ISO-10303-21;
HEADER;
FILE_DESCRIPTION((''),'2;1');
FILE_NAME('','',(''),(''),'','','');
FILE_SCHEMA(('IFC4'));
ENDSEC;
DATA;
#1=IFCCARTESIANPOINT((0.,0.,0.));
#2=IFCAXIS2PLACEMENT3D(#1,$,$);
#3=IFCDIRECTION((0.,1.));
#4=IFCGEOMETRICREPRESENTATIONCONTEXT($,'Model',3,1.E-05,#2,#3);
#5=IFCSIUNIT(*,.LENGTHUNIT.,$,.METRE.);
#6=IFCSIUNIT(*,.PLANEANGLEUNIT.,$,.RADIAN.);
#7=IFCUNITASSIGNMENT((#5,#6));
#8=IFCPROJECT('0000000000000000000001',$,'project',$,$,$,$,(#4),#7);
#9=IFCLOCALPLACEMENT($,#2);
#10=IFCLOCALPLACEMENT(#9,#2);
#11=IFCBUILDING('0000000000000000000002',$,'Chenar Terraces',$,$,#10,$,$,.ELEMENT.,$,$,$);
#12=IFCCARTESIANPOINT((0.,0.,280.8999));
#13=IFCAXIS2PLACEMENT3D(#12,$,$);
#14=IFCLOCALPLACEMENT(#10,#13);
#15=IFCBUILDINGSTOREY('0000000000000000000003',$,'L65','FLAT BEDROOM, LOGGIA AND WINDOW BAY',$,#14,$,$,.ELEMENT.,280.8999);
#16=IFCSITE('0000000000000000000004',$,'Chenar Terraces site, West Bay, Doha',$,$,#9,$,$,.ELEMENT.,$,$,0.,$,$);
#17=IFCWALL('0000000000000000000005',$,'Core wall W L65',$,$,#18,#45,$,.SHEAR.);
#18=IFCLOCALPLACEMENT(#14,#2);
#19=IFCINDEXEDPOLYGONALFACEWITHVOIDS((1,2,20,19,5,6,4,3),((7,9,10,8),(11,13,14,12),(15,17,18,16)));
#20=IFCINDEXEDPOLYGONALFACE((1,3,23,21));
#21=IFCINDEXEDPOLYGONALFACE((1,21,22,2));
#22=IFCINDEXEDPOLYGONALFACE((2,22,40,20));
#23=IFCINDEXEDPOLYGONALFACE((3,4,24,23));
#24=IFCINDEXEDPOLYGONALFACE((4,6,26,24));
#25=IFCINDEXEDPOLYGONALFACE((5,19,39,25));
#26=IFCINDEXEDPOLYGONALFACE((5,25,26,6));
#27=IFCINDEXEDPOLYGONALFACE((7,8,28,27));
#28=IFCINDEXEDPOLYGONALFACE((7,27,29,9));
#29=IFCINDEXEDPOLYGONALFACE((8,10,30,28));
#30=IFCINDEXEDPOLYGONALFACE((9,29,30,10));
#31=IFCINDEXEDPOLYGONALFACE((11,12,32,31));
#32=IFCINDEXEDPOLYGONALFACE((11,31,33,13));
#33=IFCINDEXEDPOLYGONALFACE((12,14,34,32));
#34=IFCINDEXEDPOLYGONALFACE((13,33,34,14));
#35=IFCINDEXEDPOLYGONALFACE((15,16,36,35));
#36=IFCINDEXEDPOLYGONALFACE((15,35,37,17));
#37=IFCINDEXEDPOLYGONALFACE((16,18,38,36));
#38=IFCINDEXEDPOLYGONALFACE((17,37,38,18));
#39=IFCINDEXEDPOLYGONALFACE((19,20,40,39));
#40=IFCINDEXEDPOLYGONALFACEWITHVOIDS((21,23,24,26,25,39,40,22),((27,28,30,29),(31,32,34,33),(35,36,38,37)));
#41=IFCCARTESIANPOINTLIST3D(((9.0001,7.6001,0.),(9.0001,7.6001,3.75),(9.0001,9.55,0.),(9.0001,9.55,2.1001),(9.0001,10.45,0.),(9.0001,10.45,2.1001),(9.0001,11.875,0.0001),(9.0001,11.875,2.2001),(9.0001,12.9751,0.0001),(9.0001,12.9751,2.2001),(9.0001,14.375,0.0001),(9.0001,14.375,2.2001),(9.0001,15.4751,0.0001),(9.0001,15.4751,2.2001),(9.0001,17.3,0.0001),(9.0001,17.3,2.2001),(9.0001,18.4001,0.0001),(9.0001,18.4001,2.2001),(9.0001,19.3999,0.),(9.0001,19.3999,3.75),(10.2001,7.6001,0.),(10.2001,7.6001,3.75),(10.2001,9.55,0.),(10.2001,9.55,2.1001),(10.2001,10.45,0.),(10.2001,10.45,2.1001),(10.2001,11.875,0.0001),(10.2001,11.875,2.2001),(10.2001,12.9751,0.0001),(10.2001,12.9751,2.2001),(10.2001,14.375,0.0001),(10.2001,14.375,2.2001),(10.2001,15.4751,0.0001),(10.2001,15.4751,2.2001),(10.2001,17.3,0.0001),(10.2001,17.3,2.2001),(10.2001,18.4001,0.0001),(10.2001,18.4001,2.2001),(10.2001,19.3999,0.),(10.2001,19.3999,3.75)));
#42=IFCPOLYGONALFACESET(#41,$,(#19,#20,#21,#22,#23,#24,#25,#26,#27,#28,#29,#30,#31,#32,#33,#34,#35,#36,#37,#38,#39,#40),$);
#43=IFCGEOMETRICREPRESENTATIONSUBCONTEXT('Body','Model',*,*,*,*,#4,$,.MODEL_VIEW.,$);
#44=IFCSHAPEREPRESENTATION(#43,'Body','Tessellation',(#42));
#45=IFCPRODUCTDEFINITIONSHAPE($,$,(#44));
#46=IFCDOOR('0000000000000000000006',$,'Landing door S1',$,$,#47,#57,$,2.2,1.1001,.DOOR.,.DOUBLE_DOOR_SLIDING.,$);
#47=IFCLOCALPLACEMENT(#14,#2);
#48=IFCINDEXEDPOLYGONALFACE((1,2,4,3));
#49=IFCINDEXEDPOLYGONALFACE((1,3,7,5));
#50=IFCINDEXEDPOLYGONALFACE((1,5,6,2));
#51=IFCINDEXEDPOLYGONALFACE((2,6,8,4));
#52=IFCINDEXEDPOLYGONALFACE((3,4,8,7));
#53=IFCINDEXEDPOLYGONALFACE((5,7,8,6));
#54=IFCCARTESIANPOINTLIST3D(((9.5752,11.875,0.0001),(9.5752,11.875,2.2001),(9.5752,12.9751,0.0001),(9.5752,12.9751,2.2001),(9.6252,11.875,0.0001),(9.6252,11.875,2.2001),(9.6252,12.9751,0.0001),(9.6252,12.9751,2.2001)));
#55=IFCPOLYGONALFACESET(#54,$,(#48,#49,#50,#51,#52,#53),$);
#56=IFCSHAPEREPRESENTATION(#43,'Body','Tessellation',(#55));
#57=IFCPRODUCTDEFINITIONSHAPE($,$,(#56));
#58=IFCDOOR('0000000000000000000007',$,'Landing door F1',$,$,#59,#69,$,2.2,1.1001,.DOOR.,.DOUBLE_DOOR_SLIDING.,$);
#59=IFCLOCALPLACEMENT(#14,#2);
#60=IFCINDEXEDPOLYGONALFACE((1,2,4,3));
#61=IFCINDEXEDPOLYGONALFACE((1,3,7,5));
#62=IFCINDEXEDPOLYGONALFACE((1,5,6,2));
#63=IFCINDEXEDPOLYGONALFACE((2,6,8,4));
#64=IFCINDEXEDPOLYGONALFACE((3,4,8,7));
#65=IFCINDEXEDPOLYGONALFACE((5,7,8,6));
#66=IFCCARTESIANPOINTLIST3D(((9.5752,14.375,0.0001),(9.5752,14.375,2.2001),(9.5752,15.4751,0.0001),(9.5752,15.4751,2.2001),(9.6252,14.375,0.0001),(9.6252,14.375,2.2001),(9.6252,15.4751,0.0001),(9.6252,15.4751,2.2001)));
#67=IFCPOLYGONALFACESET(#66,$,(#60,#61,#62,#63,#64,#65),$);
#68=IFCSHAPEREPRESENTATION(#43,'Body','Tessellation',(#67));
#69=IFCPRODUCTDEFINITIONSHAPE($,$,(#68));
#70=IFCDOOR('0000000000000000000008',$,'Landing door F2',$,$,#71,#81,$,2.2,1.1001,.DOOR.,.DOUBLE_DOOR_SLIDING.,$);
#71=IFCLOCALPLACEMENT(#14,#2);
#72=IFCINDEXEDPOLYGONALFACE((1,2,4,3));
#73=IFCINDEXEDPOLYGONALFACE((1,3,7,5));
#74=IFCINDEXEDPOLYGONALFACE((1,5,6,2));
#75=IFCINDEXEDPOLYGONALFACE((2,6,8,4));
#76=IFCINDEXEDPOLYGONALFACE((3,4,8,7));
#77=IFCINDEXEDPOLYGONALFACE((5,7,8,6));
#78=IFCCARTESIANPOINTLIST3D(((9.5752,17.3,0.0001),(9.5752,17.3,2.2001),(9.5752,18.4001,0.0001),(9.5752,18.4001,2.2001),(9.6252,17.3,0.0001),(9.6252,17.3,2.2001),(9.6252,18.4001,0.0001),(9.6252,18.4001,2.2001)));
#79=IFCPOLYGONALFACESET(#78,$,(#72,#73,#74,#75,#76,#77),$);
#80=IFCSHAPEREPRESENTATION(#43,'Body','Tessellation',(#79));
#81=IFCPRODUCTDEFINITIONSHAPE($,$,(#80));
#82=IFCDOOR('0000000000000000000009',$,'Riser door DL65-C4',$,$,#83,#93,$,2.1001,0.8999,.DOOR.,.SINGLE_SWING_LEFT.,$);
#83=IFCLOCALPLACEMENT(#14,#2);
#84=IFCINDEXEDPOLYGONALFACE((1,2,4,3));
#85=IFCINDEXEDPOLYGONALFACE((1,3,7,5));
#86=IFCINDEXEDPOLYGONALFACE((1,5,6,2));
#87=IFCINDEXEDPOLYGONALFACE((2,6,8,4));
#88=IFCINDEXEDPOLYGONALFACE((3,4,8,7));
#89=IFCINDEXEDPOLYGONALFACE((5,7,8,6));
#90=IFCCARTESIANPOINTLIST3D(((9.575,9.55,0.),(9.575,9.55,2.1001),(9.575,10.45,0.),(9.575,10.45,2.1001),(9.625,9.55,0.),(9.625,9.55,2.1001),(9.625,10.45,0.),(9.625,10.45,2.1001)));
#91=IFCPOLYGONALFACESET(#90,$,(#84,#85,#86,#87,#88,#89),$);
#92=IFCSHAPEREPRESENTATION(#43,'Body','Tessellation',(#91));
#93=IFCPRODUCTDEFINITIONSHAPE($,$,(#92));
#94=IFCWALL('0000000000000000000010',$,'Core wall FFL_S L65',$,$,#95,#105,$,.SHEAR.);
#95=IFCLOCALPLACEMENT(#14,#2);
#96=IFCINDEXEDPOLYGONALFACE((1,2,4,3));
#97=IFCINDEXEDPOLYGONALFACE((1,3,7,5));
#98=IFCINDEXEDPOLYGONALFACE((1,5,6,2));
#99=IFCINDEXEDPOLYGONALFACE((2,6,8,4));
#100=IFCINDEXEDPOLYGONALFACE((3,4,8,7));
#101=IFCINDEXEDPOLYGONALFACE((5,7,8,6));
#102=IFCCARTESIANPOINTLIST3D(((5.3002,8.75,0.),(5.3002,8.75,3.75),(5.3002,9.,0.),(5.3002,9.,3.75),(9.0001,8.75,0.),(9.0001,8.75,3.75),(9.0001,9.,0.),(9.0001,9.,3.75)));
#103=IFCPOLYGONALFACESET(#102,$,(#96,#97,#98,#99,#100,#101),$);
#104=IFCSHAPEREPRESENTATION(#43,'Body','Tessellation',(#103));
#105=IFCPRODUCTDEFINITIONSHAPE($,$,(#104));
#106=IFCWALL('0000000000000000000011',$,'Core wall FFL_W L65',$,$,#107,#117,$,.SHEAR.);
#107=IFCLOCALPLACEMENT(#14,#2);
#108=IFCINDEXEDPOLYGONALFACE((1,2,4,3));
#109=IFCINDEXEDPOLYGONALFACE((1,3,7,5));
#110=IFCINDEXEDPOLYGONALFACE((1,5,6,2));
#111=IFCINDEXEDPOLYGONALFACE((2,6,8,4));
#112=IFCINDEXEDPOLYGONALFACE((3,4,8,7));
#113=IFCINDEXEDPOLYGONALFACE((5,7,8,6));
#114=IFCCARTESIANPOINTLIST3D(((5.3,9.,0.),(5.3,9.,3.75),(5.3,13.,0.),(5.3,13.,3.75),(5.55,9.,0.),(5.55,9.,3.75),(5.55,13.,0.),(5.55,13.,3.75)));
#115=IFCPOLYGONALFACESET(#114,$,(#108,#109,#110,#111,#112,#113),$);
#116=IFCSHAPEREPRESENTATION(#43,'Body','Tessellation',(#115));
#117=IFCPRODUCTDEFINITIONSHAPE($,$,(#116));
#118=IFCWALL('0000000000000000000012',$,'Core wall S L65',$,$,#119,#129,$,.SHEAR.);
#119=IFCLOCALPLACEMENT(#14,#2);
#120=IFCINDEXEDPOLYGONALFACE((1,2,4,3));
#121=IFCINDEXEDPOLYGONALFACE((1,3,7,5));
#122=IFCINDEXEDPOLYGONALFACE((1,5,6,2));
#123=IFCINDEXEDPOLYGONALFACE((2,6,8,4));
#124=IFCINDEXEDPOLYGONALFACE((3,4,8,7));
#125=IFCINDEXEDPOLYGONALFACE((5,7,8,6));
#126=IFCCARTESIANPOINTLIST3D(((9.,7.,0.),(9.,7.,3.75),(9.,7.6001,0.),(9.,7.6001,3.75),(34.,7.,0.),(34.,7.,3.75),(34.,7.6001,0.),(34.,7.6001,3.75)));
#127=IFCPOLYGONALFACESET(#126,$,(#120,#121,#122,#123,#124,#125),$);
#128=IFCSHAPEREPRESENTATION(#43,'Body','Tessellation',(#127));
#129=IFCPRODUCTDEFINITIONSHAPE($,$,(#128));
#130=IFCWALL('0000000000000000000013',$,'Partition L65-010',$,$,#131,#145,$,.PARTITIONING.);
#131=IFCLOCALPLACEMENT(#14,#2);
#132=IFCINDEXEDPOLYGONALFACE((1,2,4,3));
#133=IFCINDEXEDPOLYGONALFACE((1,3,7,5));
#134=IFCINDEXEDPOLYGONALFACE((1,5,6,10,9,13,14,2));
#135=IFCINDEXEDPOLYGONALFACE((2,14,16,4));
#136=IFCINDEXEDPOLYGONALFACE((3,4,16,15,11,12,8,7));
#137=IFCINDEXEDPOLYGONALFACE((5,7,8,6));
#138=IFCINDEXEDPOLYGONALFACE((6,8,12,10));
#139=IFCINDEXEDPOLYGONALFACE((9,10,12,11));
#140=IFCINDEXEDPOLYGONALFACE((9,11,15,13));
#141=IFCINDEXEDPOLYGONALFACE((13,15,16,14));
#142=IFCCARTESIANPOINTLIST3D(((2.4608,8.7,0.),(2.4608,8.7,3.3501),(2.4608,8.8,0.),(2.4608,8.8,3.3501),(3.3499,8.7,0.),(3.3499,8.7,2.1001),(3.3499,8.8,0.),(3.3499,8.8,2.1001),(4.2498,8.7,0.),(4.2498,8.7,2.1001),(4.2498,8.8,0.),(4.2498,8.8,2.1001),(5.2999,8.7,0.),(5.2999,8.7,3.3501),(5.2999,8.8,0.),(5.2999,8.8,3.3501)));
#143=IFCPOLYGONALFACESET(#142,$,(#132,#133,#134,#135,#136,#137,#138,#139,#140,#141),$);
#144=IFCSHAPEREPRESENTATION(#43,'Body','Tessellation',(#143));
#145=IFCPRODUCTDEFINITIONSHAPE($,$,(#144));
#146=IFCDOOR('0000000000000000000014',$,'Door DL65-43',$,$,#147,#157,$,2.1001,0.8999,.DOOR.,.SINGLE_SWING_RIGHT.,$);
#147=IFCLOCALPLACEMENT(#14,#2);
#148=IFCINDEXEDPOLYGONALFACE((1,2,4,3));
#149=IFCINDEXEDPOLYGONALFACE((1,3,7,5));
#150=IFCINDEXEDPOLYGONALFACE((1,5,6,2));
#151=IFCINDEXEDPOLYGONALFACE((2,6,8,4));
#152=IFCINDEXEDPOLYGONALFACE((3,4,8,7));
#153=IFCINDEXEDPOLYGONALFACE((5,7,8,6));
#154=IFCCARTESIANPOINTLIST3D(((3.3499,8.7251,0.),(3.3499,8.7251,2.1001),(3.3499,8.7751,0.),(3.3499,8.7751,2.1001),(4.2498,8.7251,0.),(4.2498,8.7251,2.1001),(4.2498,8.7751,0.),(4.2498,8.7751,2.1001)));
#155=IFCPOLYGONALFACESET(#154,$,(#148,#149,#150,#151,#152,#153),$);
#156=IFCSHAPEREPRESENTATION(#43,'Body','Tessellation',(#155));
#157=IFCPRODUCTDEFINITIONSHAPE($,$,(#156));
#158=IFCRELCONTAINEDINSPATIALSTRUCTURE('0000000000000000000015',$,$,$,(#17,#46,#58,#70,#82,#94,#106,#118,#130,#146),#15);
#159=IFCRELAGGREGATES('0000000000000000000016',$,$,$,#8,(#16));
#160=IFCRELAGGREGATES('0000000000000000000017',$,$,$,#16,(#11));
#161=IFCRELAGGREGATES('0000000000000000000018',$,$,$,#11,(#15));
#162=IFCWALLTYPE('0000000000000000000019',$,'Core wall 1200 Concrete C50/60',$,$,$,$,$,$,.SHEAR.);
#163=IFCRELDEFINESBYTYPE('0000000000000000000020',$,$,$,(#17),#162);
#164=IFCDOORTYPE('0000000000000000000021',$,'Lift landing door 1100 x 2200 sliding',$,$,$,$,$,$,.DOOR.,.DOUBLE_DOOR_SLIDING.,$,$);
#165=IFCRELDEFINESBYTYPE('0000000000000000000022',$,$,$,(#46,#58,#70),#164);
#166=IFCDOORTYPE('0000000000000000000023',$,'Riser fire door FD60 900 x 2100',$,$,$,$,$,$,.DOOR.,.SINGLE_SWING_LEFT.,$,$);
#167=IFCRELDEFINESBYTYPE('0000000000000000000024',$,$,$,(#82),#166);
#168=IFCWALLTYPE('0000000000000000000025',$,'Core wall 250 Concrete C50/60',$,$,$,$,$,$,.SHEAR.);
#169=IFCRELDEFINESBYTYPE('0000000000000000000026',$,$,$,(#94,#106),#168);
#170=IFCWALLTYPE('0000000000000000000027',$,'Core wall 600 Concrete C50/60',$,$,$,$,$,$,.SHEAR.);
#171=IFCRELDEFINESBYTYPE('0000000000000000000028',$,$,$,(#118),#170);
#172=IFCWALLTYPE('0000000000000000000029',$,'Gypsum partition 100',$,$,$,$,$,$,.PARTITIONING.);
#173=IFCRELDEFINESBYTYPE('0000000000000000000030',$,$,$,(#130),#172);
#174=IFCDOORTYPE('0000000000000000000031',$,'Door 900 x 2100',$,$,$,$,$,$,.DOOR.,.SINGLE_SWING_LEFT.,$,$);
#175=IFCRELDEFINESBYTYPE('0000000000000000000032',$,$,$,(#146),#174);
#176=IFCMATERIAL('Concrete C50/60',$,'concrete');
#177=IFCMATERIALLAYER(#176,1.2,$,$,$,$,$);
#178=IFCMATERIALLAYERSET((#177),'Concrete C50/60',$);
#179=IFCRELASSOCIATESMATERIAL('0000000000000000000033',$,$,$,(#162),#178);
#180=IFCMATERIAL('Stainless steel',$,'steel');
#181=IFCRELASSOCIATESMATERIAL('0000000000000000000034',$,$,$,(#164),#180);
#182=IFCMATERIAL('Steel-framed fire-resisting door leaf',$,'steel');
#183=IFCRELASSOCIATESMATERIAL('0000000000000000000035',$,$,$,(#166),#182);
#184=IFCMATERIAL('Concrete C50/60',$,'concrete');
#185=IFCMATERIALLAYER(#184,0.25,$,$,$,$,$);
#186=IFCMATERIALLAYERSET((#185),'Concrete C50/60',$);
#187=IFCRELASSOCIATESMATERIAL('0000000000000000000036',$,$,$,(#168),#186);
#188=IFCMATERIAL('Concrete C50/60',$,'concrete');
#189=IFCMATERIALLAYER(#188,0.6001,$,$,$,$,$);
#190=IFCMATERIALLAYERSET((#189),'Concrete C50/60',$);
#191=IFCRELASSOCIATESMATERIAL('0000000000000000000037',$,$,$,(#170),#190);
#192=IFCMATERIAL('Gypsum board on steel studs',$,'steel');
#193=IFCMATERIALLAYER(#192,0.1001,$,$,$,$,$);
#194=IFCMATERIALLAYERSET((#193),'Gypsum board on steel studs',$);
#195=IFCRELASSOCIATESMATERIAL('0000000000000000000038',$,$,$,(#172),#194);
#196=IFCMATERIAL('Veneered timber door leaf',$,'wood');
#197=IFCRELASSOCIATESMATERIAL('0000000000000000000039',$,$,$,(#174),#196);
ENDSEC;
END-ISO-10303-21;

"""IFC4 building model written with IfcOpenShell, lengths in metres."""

from ifc_helpers import new_model, si_unit, direction, frame, frame_2d, origin, place, context, subcontext, project, spatial, rectangle, extrude, material, layer, layer_set, type_object, element, fill, save


model = new_model("IFC4")

# Units and contexts
model_context = context("Model", 3, precision=1e-05, world=origin(), true_north=direction((0.0, 1.0)))
body_context = subcontext(model_context, "Body", "Model", "MODEL_VIEW")
ifc_project = project(units=[si_unit("LENGTHUNIT", "METRE"), si_unit("PLANEANGLEUNIT", "RADIAN")], contexts=[model_context])

# Site, building, storey
site_placement = place(None, origin())
site = spatial("IfcSite", under=ifc_project, at=site_placement, Name="Chenar Terraces site, West Bay, Doha", CompositionType="ELEMENT", RefElevation=0.0)
building_placement = place(site_placement, origin())
building = spatial("IfcBuilding", under=site, at=building_placement, Name="Chenar Terraces", CompositionType="ELEMENT")
storey_placement = place(building_placement, frame((0.0, 0.0, 280.8999)))
storey = spatial("IfcBuildingStorey", under=building, at=storey_placement, Name="L65", Description="FLAT BEDROOM, LOGGIA AND WINDOW BAY", CompositionType="ELEMENT", Elevation=280.8999)

# Wall, openings, doors
ifc_material_1 = material(Name="Concrete C50/60", Category="concrete")
ifc_layer_1 = layer(ifc_material_1, 1.2)
ifc_layer_set_1 = layer_set([ifc_layer_1], Name="Concrete C50/60")
wall_type_1 = type_object("IfcWallType", Name="Core wall 1200 Concrete C50/60", PredefinedType="SHEAR", material=ifc_layer_set_1)
wall_1_placement = place(storey_placement, frame((9.6001, 7.6001, 0.0), z_axis=(0.0, 0.0, 1.0), x_axis=(0.0, 1.0, 0.0)))
wall_1 = element("IfcWall", 1, at=wall_1_placement, inside=storey, type_object=wall_type_1, Name="Core wall W L65", PredefinedType="SHEAR", context=body_context, shape_type="SweptSolid", body=[
    extrude(rectangle(XDim=11.7998, YDim=1.2, at=frame_2d((5.8999, 0.0))), origin(), (0.0, 0.0, 1.0), 3.75),
])
opening_1_placement = place(wall_1_placement, frame((4.2749, 0.0, 0.0)))
opening_1 = element("IfcOpeningElement", 2, at=opening_1_placement, cuts=wall_1, PredefinedType="OPENING", context=body_context, shape_type="SweptSolid", body=[
    extrude(rectangle(XDim=1.1001, YDim=2.2, at=frame_2d((0.55, 1.1001))), frame((0.0, 0.6099, 0.0), z_axis=(0.0, -1.0, 0.0), x_axis=(1.0, 0.0, 0.0)), (0.0, 0.0, 1.0), 1.22),
])
opening_2_placement = place(wall_1_placement, frame((6.7749, 0.0, 0.0)))
opening_2 = element("IfcOpeningElement", 3, at=opening_2_placement, cuts=wall_1, PredefinedType="OPENING", context=body_context, shape_type="SweptSolid", body=[
    extrude(rectangle(XDim=1.1001, YDim=2.2, at=frame_2d((0.55, 1.1001))), frame((0.0, 0.6099, 0.0), z_axis=(0.0, -1.0, 0.0), x_axis=(1.0, 0.0, 0.0)), (0.0, 0.0, 1.0), 1.22),
])
opening_3_placement = place(wall_1_placement, frame((9.7, 0.0, 0.0)))
opening_3 = element("IfcOpeningElement", 4, at=opening_3_placement, cuts=wall_1, PredefinedType="OPENING", context=body_context, shape_type="SweptSolid", body=[
    extrude(rectangle(XDim=1.1001, YDim=2.2, at=frame_2d((0.55, 1.1001))), frame((0.0, 0.6099, 0.0), z_axis=(0.0, -1.0, 0.0), x_axis=(1.0, 0.0, 0.0)), (0.0, 0.0, 1.0), 1.22),
])
opening_4_placement = place(wall_1_placement, frame((1.95, 0.0, 0.0)))
opening_4 = element("IfcOpeningElement", 5, at=opening_4_placement, cuts=wall_1, PredefinedType="OPENING", context=body_context, shape_type="SweptSolid", body=[
    extrude(rectangle(XDim=0.8999, YDim=2.1001, at=frame_2d((0.45, 1.05))), frame((0.0, 0.6099, 0.0), z_axis=(0.0, -1.0, 0.0), x_axis=(1.0, 0.0, 0.0)), (0.0, 0.0, 1.0), 1.22),
])
ifc_material_2 = material(Name="Stainless steel", Category="steel")
door_type_1 = type_object("IfcDoorType", Name="Lift landing door 1100 x 2200 sliding", OperationType="DOUBLE_DOOR_SLIDING", PredefinedType="DOOR", material=ifc_material_2)
door_1_placement = place(opening_1_placement, origin())
door_1 = element("IfcDoor", 6, at=door_1_placement, inside=storey, type_object=door_type_1, Name="Landing door S1", OperationType="DOUBLE_DOOR_SLIDING", OverallHeight=2.2, OverallWidth=1.1001, PredefinedType="DOOR", context=body_context, shape_type="SweptSolid", body=[
    extrude(rectangle(XDim=1.1001, YDim=2.2, at=frame_2d((0.55, 1.1001))), frame((0.0, 0.0249, 0.0), z_axis=(0.0, -1.0, 0.0), x_axis=(1.0, 0.0, 0.0)), (0.0, 0.0, 1.0), 0.05),
])
fill(opening_1, door_1)
door_2_placement = place(opening_2_placement, origin())
door_2 = element("IfcDoor", 7, at=door_2_placement, inside=storey, type_object=door_type_1, Name="Landing door F1", OperationType="DOUBLE_DOOR_SLIDING", OverallHeight=2.2, OverallWidth=1.1001, PredefinedType="DOOR", context=body_context, shape_type="SweptSolid", body=[
    extrude(rectangle(XDim=1.1001, YDim=2.2, at=frame_2d((0.55, 1.1001))), frame((0.0, 0.0249, 0.0), z_axis=(0.0, -1.0, 0.0), x_axis=(1.0, 0.0, 0.0)), (0.0, 0.0, 1.0), 0.05),
])
fill(opening_2, door_2)
door_3_placement = place(opening_3_placement, origin())
door_3 = element("IfcDoor", 8, at=door_3_placement, inside=storey, type_object=door_type_1, Name="Landing door F2", OperationType="DOUBLE_DOOR_SLIDING", OverallHeight=2.2, OverallWidth=1.1001, PredefinedType="DOOR", context=body_context, shape_type="SweptSolid", body=[
    extrude(rectangle(XDim=1.1001, YDim=2.2, at=frame_2d((0.55, 1.1001))), frame((0.0, 0.0249, 0.0), z_axis=(0.0, -1.0, 0.0), x_axis=(1.0, 0.0, 0.0)), (0.0, 0.0, 1.0), 0.05),
])
fill(opening_3, door_3)
ifc_material_3 = material(Name="Steel-framed fire-resisting door leaf", Category="steel")
door_type_2 = type_object("IfcDoorType", Name="Riser fire door FD60 900 x 2100", OperationType="SINGLE_SWING_LEFT", PredefinedType="DOOR", material=ifc_material_3)
door_4_placement = place(opening_4_placement, frame((0.8999, 0.0, 0.0), z_axis=(0.0, 0.0, 1.0), x_axis=(-1.0, 0.0, 0.0)))
door_4 = element("IfcDoor", 9, at=door_4_placement, inside=storey, type_object=door_type_2, Name="Riser door DL65-C4", OperationType="SINGLE_SWING_LEFT", OverallHeight=2.1001, OverallWidth=0.8999, PredefinedType="DOOR", context=body_context, shape_type="SweptSolid", body=[
    extrude(rectangle(XDim=0.8999, YDim=2.1001, at=frame_2d((0.45, 1.05))), frame((0.0, 0.0249, 0.0), z_axis=(0.0, -1.0, 0.0), x_axis=(1.0, 0.0, 0.0)), (0.0, 0.0, 1.0), 0.05),
])
fill(opening_4, door_4)

# Walls
ifc_material_4 = material(Name="Concrete C50/60", Category="concrete")
ifc_layer_2 = layer(ifc_material_4, 0.25)
ifc_layer_set_2 = layer_set([ifc_layer_2], Name="Concrete C50/60")
wall_type_2 = type_object("IfcWallType", Name="Core wall 250 Concrete C50/60", PredefinedType="SHEAR", material=ifc_layer_set_2)
wall_2_placement = place(storey_placement, frame((5.3, 8.875, 0.0), z_axis=(0.0, 0.0, 1.0), x_axis=(1.0, 0.0, 0.0)))
element("IfcWall", 10, at=wall_2_placement, inside=storey, type_object=wall_type_2, Name="Core wall FFL_S L65", PredefinedType="SHEAR", context=body_context, shape_type="SweptSolid", body=[
    extrude(rectangle(XDim=3.7, YDim=0.25, at=frame_2d((1.8501, 0.0))), origin(), (0.0, 0.0, 1.0), 3.75),
])
wall_3_placement = place(storey_placement, frame((5.425, 9.0, 0.0), z_axis=(0.0, 0.0, 1.0), x_axis=(0.0, 1.0, 0.0)))
element("IfcWall", 11, at=wall_3_placement, inside=storey, type_object=wall_type_2, Name="Core wall FFL_W L65", PredefinedType="SHEAR", context=body_context, shape_type="SweptSolid", body=[
    extrude(rectangle(XDim=4.0, YDim=0.25, at=frame_2d((2.0, 0.0))), origin(), (0.0, 0.0, 1.0), 3.75),
])
ifc_material_5 = material(Name="Concrete C50/60", Category="concrete")
ifc_layer_3 = layer(ifc_material_5, 0.6001)
ifc_layer_set_3 = layer_set([ifc_layer_3], Name="Concrete C50/60")
wall_type_3 = type_object("IfcWallType", Name="Core wall 600 Concrete C50/60", PredefinedType="SHEAR", material=ifc_layer_set_3)
wall_4_placement = place(storey_placement, frame((9.0, 7.3, 0.0), z_axis=(0.0, 0.0, 1.0), x_axis=(1.0, 0.0, 0.0)))
element("IfcWall", 12, at=wall_4_placement, inside=storey, type_object=wall_type_3, Name="Core wall S L65", PredefinedType="SHEAR", context=body_context, shape_type="SweptSolid", body=[
    extrude(rectangle(XDim=25.0, YDim=0.6001, at=frame_2d((12.5, 0.0))), origin(), (0.0, 0.0, 1.0), 3.75),
])

# Wall, opening, door
ifc_material_6 = material(Name="Gypsum board on steel studs", Category="steel")
ifc_layer_4 = layer(ifc_material_6, 0.1001)
ifc_layer_set_4 = layer_set([ifc_layer_4], Name="Gypsum board on steel studs")
wall_type_4 = type_object("IfcWallType", Name="Gypsum partition 100", PredefinedType="PARTITIONING", material=ifc_layer_set_4)
wall_5_placement = place(storey_placement, frame((2.4609, 8.75, 0.0), z_axis=(0.0, 0.0, 1.0), x_axis=(1.0, 0.0, 0.0)))
wall_5 = element("IfcWall", 13, at=wall_5_placement, inside=storey, type_object=wall_type_4, Name="Partition L65-010", PredefinedType="PARTITIONING", context=body_context, shape_type="SweptSolid", body=[
    extrude(rectangle(XDim=2.8391, YDim=0.1001, at=frame_2d((1.4194, 0.0))), origin(), (0.0, 0.0, 1.0), 3.3501),
])
opening_5_placement = place(wall_5_placement, frame((0.8889, 0.0, 0.0)))
opening_5 = element("IfcOpeningElement", 14, at=opening_5_placement, cuts=wall_5, PredefinedType="OPENING", context=body_context, shape_type="SweptSolid", body=[
    extrude(rectangle(XDim=0.8999, YDim=2.1001, at=frame_2d((0.45, 1.05))), frame((0.0, 0.0601, 0.0), z_axis=(0.0, -1.0, 0.0), x_axis=(1.0, 0.0, 0.0)), (0.0, 0.0, 1.0), 0.1201),
])
ifc_material_7 = material(Name="Veneered timber door leaf", Category="wood")
door_type_3 = type_object("IfcDoorType", Name="Door 900 x 2100", OperationType="SINGLE_SWING_LEFT", PredefinedType="DOOR", material=ifc_material_7)
door_5_placement = place(opening_5_placement, frame((0.8999, 0.0, 0.0), z_axis=(0.0, 0.0, 1.0), x_axis=(-1.0, 0.0, 0.0)))
door_5 = element("IfcDoor", 15, at=door_5_placement, inside=storey, type_object=door_type_3, Name="Door DL65-43", OperationType="SINGLE_SWING_RIGHT", OverallHeight=2.1001, OverallWidth=0.8999, PredefinedType="DOOR", context=body_context, shape_type="SweptSolid", body=[
    extrude(rectangle(XDim=0.8999, YDim=2.1001, at=frame_2d((0.45, 1.05))), frame((0.0, 0.0249, 0.0), z_axis=(0.0, -1.0, 0.0), x_axis=(1.0, 0.0, 0.0)), (0.0, 0.0, 1.0), 0.05),
])
fill(opening_5, door_5)

save(model, "model.ifc")
